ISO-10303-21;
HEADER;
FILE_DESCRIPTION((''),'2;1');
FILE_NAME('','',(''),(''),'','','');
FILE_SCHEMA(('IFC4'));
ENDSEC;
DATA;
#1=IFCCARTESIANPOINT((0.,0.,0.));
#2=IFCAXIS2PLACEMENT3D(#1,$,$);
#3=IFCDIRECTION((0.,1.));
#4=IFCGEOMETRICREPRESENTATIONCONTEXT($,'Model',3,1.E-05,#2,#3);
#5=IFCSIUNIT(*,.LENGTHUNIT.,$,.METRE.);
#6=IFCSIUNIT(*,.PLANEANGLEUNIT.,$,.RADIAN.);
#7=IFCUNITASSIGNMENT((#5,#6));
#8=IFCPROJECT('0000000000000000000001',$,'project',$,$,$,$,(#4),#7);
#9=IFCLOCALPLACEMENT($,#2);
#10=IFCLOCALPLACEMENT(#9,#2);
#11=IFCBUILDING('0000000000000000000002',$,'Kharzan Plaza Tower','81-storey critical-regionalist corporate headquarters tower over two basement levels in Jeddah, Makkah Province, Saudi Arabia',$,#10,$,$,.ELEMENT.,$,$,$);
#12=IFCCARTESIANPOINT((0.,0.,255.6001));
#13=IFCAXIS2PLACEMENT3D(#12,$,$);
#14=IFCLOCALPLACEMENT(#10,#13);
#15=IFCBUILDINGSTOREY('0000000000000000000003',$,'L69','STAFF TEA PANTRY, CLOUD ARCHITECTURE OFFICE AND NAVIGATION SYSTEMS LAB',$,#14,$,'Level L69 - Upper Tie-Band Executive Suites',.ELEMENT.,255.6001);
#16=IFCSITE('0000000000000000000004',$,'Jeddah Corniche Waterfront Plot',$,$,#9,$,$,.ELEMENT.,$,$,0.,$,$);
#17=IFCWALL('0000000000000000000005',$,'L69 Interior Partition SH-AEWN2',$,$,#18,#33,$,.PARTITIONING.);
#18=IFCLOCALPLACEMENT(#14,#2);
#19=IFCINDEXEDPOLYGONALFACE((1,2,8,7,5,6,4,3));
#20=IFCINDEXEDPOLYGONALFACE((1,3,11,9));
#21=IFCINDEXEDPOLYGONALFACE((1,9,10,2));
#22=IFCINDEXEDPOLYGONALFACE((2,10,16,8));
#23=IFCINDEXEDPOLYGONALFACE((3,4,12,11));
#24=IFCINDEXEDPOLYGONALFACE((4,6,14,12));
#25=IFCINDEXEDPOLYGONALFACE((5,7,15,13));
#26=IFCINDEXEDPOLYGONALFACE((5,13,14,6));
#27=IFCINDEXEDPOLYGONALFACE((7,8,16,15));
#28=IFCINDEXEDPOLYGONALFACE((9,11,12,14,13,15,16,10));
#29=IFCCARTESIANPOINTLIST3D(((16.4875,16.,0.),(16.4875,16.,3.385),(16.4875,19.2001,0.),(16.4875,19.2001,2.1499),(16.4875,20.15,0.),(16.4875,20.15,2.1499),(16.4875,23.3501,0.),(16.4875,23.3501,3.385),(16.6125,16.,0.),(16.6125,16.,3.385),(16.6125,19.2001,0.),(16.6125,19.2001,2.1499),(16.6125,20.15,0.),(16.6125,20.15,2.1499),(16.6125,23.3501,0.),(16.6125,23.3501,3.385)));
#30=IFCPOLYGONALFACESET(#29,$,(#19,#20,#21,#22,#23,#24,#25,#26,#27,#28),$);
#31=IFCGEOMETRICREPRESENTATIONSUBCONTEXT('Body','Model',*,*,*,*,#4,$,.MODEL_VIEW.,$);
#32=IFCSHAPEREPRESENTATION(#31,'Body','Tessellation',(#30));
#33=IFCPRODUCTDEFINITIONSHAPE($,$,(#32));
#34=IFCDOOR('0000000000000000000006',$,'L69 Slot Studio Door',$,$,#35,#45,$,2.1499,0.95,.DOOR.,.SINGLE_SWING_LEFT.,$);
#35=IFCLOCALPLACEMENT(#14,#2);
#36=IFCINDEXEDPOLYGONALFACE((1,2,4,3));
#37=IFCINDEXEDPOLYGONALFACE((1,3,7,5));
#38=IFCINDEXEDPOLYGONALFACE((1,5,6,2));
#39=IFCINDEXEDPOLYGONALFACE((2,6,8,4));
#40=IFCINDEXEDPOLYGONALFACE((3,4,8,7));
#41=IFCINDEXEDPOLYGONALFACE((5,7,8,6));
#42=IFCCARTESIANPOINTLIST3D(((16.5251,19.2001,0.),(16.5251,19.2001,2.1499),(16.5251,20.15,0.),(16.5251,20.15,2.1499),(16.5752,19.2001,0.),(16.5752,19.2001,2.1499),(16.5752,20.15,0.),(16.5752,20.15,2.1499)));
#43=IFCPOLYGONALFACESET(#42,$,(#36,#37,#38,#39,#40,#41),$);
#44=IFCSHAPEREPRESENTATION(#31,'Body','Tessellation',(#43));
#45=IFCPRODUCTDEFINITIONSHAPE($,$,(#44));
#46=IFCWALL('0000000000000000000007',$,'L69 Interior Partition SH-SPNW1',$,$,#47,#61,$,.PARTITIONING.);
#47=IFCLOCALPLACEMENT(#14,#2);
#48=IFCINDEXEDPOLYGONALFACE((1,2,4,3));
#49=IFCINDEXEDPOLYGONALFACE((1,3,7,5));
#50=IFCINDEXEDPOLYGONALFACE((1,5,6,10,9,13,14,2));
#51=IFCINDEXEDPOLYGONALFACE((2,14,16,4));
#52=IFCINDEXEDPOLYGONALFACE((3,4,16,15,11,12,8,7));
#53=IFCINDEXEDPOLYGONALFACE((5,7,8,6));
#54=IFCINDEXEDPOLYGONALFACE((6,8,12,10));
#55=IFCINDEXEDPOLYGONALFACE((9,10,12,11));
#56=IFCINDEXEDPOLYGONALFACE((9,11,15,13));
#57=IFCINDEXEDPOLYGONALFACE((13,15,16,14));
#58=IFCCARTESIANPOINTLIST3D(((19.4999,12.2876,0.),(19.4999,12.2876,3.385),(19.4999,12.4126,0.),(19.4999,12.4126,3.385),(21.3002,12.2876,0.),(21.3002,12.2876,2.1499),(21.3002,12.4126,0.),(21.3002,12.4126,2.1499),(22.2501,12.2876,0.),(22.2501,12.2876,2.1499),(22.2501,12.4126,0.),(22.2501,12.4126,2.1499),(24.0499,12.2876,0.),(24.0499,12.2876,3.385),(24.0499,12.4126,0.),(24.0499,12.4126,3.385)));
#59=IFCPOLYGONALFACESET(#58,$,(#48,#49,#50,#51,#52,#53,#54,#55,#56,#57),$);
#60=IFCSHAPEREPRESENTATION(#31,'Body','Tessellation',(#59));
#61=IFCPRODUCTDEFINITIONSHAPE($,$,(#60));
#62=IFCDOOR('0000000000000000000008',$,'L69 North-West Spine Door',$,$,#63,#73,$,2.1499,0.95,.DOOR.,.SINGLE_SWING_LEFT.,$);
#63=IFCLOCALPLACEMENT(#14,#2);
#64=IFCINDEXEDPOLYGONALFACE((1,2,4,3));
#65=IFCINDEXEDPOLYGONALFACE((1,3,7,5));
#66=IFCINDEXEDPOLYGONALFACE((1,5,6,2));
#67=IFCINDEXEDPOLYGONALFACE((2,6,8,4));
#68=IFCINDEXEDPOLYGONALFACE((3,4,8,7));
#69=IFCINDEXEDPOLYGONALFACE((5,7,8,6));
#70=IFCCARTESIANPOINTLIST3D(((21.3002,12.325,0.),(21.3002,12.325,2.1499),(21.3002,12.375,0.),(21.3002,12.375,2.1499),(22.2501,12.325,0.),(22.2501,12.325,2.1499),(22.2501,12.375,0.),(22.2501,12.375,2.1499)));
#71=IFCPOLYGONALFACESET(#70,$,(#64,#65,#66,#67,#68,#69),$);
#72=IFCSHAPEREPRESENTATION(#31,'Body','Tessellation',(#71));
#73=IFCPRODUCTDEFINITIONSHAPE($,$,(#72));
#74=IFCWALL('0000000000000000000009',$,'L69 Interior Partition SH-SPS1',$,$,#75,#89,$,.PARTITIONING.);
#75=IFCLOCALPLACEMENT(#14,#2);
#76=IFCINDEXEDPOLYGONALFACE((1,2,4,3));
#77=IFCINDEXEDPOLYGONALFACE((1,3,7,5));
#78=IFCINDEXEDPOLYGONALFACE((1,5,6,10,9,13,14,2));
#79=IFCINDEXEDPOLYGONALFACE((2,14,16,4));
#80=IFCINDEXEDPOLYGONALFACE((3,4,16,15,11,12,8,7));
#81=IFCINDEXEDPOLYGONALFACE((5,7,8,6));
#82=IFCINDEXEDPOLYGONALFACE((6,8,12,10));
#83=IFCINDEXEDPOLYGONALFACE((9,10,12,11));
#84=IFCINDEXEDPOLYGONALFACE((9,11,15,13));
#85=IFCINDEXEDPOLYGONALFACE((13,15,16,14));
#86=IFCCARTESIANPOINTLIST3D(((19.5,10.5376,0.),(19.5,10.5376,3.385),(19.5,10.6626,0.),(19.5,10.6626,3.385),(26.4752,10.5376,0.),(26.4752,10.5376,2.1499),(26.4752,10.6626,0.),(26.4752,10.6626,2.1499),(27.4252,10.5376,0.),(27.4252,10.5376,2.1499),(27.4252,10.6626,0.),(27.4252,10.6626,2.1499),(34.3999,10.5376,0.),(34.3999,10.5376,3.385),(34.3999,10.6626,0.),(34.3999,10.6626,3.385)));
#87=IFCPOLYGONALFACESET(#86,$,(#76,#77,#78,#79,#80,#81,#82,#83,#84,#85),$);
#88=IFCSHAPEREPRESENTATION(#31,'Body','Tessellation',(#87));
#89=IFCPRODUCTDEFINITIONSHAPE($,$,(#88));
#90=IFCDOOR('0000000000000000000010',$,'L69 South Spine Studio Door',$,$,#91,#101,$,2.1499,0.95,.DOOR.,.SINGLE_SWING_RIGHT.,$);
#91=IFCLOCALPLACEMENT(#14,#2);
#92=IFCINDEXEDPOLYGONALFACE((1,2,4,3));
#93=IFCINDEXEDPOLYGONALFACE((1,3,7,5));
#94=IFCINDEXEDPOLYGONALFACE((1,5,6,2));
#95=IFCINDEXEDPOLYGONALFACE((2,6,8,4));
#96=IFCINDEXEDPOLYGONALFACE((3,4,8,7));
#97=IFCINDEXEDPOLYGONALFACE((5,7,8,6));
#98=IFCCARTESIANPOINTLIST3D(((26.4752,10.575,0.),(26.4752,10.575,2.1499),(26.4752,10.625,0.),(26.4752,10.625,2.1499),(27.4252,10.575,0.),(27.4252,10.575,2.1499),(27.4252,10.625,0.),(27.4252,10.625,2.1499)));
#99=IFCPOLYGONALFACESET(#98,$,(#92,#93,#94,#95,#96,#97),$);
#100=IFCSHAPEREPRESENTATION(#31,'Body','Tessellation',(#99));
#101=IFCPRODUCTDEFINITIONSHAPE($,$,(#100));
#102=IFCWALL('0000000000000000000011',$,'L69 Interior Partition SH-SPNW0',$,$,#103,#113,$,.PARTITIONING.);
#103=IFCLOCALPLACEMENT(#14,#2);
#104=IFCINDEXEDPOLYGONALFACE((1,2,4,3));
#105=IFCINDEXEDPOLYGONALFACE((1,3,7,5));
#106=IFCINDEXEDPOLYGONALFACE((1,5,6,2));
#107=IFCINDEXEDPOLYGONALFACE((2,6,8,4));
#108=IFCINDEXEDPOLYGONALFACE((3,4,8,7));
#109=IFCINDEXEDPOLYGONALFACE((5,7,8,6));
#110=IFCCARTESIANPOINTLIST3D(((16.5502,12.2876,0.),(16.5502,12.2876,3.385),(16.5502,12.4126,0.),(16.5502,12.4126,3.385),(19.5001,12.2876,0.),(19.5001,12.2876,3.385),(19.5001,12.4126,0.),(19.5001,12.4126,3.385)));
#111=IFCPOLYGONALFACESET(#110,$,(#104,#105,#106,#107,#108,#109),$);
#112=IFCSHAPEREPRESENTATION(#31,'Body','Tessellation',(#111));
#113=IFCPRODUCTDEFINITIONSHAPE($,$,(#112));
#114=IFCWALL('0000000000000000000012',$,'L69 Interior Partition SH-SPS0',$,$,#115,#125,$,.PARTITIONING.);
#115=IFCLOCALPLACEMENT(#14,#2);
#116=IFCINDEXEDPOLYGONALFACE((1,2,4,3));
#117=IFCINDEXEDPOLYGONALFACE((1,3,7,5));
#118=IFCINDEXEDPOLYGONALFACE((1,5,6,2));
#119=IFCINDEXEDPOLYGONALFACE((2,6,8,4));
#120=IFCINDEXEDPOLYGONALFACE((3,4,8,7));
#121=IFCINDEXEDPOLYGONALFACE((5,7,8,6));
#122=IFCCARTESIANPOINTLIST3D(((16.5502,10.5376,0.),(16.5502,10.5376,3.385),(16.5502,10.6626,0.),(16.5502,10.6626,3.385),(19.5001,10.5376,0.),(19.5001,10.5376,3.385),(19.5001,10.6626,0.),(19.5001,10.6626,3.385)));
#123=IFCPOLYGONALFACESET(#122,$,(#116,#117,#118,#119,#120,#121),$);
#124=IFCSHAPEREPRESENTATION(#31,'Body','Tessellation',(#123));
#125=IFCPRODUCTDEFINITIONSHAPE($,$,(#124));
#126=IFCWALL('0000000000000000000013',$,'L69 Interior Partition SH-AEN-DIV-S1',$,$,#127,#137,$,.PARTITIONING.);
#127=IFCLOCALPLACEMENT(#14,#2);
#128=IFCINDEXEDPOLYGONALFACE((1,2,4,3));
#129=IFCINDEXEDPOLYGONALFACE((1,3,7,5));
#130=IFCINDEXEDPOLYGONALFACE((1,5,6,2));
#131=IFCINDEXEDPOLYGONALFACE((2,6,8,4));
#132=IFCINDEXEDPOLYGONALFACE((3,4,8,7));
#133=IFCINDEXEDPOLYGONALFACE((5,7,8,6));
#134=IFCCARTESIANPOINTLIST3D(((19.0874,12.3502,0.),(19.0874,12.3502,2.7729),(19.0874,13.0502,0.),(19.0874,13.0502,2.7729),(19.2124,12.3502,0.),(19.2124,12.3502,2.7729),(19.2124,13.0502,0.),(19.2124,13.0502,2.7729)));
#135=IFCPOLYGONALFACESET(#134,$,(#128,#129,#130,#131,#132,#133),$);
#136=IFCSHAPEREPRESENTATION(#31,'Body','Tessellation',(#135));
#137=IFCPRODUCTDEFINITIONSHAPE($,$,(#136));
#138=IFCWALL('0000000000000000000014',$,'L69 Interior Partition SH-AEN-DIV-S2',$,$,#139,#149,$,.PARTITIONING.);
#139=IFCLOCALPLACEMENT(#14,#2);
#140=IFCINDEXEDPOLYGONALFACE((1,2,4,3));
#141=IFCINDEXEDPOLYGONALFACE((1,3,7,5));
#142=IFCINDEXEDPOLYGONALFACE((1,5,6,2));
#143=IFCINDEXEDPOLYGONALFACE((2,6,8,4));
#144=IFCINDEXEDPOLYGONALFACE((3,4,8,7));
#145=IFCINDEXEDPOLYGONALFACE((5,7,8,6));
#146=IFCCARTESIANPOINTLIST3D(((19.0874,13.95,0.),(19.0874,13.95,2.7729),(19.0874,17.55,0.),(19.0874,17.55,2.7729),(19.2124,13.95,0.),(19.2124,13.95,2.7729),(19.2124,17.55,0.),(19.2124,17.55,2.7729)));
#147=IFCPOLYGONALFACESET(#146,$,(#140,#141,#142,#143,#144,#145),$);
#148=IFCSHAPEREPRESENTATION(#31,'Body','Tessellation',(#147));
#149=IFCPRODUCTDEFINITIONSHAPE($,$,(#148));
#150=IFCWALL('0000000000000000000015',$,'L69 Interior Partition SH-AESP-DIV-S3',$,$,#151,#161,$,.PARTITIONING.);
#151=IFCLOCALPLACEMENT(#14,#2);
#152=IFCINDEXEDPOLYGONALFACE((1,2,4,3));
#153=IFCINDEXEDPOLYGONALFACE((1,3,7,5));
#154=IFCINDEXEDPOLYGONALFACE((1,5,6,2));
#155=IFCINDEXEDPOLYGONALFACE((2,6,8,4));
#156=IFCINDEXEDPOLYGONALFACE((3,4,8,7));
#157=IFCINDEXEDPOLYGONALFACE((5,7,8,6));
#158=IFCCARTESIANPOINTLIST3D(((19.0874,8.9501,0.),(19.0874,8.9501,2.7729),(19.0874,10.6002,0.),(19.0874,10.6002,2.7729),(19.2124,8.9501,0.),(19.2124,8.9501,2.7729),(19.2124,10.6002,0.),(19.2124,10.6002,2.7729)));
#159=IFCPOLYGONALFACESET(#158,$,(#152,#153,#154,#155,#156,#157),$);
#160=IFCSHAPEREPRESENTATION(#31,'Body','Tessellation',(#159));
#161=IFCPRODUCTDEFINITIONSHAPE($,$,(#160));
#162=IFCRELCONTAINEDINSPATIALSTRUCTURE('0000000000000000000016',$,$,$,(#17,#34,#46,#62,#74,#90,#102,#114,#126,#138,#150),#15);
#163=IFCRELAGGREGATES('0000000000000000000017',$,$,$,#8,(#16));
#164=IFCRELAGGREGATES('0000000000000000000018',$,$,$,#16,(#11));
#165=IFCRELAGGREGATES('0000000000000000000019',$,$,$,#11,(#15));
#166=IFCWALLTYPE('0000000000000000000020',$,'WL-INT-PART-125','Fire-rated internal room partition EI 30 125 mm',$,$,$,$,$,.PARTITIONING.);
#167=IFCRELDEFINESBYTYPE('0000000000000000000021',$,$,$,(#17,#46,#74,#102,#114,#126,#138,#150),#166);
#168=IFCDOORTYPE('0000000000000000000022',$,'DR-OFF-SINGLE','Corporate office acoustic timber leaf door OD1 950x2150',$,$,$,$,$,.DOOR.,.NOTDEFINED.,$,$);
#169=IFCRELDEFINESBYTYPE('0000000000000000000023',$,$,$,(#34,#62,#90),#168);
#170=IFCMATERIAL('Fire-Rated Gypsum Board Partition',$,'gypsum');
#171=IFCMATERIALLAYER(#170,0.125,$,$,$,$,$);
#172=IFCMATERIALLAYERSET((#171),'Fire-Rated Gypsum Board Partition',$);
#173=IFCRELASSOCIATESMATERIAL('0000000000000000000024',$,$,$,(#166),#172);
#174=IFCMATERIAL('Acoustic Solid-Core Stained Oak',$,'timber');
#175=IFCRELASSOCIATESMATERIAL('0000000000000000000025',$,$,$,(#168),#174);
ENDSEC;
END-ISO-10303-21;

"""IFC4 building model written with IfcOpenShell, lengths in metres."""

from ifc_helpers import new_model, si_unit, direction, frame, frame_2d, origin, place, context, subcontext, project, spatial, rectangle, extrude, source, transform, mapped, material, layer, layer_set, type_object, element, fill, save


model = new_model("IFC4")

# Units and contexts
model_context = context("Model", 3, precision=1e-05, world=origin(), true_north=direction((0.0, 1.0)))
body_context = subcontext(model_context, "Body", "Model", "MODEL_VIEW")
ifc_project = project(units=[si_unit("LENGTHUNIT", "METRE"), si_unit("PLANEANGLEUNIT", "RADIAN")], contexts=[model_context])

# Site, building, storey
site_placement = place(None, origin())
site = spatial("IfcSite", under=ifc_project, at=site_placement, Name="Jeddah Corniche Waterfront Plot", CompositionType="ELEMENT", RefElevation=0.0)
building_placement = place(site_placement, origin())
building = spatial("IfcBuilding", under=site, at=building_placement, Name="Kharzan Plaza Tower", Description="81-storey critical-regionalist corporate headquarters tower over two basement levels in Jeddah, Makkah Province, Saudi Arabia", CompositionType="ELEMENT")
storey_placement = place(building_placement, frame((0.0, 0.0, 255.6001)))
storey = spatial("IfcBuildingStorey", under=building, at=storey_placement, Name="L69", Description="STAFF TEA PANTRY, CLOUD ARCHITECTURE OFFICE AND NAVIGATION SYSTEMS LAB", LongName="Level L69 - Upper Tie-Band Executive Suites", CompositionType="ELEMENT", Elevation=255.6001)

# Walls, openings, doors
ifc_material_1 = material(Name="Fire-Rated Gypsum Board Partition", Category="gypsum")
ifc_layer = layer(ifc_material_1, 0.125)
ifc_layer_set = layer_set([ifc_layer], Name="Fire-Rated Gypsum Board Partition")
wall_type = type_object("IfcWallType", Name="WL-INT-PART-125", Description="Fire-rated internal room partition EI 30 125 mm", PredefinedType="PARTITIONING", material=ifc_layer_set)
ifc_material_2 = material(Name="Acoustic Solid-Core Stained Oak", Category="timber")
door_type = type_object("IfcDoorType", Name="DR-OFF-SINGLE", Description="Corporate office acoustic timber leaf door OD1 950x2150", OperationType="NOTDEFINED", PredefinedType="DOOR", material=ifc_material_2)
shared_shape_1 = source(origin(), body_context, "Body", "SweptSolid", [
    extrude(rectangle(XDim=0.95, YDim=2.1499, at=frame_2d((0.4751, 1.075))), frame((0.0, 0.0249, 0.0), z_axis=(0.0, -1.0, 0.0), x_axis=(1.0, 0.0, 0.0)), (0.0, 0.0, 1.0), 0.05),
])
wall_1_placement = place(storey_placement, frame((16.55, 16.0, 0.0), z_axis=(0.0, 0.0, 1.0), x_axis=(0.0, 1.0, 0.0)))
wall_1 = element("IfcWall", 1, at=wall_1_placement, inside=storey, type_object=wall_type, Name="L69 Interior Partition SH-AEWN2", PredefinedType="PARTITIONING", context=body_context, shape_type="SweptSolid", body=[
    extrude(rectangle(XDim=7.3501, YDim=0.125, at=frame_2d((3.675, 0.0))), origin(), (0.0, 0.0, 1.0), 3.385),
])
opening_1_placement = place(wall_1_placement, frame((3.2, 0.0, 0.0)))
opening_1 = element("IfcOpeningElement", 2, at=opening_1_placement, cuts=wall_1, PredefinedType="OPENING", context=body_context, shape_type="SweptSolid", body=[
    extrude(rectangle(XDim=0.95, YDim=2.1499, at=frame_2d((0.4751, 1.075))), frame((0.0, 0.0725, 0.0), z_axis=(0.0, -1.0, 0.0), x_axis=(1.0, 0.0, 0.0)), (0.0, 0.0, 1.0), 0.145),
])
door_1_placement = place(opening_1_placement, origin())
door_1 = element("IfcDoor", 3, at=door_1_placement, inside=storey, type_object=door_type, Name="L69 Slot Studio Door", OperationType="SINGLE_SWING_LEFT", OverallHeight=2.1499, OverallWidth=0.95, PredefinedType="DOOR", context=body_context, shape_type="MappedRepresentation", body=[
    mapped(shared_shape_1, transform((0.0, 0.0, 0.0), x_axis=(1.0, 0.0, 0.0), y_axis=(0.0, 1.0, 0.0), z_axis=(0.0, 0.0, 1.0))),
])
fill(opening_1, door_1)
wall_2_placement = place(storey_placement, frame((19.5, 12.3501, 0.0), z_axis=(0.0, 0.0, 1.0), x_axis=(1.0, 0.0, 0.0)))
wall_2 = element("IfcWall", 4, at=wall_2_placement, inside=storey, type_object=wall_type, Name="L69 Interior Partition SH-SPNW1", PredefinedType="PARTITIONING", context=body_context, shape_type="SweptSolid", body=[
    extrude(rectangle(XDim=4.55, YDim=0.125, at=frame_2d((2.2749, 0.0))), origin(), (0.0, 0.0, 1.0), 3.385),
])
opening_2_placement = place(wall_2_placement, frame((1.8, 0.0, 0.0)))
opening_2 = element("IfcOpeningElement", 5, at=opening_2_placement, cuts=wall_2, PredefinedType="OPENING", context=body_context, shape_type="SweptSolid", body=[
    extrude(rectangle(XDim=0.95, YDim=2.1499, at=frame_2d((0.4751, 1.075))), frame((0.0, 0.0725, 0.0), z_axis=(0.0, -1.0, 0.0), x_axis=(1.0, 0.0, 0.0)), (0.0, 0.0, 1.0), 0.145),
])
door_2_placement = place(opening_2_placement, origin())
door_2 = element("IfcDoor", 6, at=door_2_placement, inside=storey, type_object=door_type, Name="L69 North-West Spine Door", OperationType="SINGLE_SWING_LEFT", OverallHeight=2.1499, OverallWidth=0.95, PredefinedType="DOOR", context=body_context, shape_type="MappedRepresentation", body=[
    mapped(shared_shape_1, transform((0.0, 0.0, 0.0), x_axis=(1.0, 0.0, 0.0), y_axis=(0.0, 1.0, 0.0), z_axis=(0.0, 0.0, 1.0))),
])
fill(opening_2, door_2)
wall_3_placement = place(storey_placement, frame((19.5, 10.6001, 0.0), z_axis=(0.0, 0.0, 1.0), x_axis=(1.0, 0.0, 0.0)))
wall_3 = element("IfcWall", 7, at=wall_3_placement, inside=storey, type_object=wall_type, Name="L69 Interior Partition SH-SPS1", PredefinedType="PARTITIONING", context=body_context, shape_type="SweptSolid", body=[
    extrude(rectangle(XDim=14.8999, YDim=0.125, at=frame_2d((7.45, 0.0))), origin(), (0.0, 0.0, 1.0), 3.385),
])
opening_3_placement = place(wall_3_placement, frame((6.9751, 0.0, 0.0)))
opening_3 = element("IfcOpeningElement", 8, at=opening_3_placement, cuts=wall_3, PredefinedType="OPENING", context=body_context, shape_type="SweptSolid", body=[
    extrude(rectangle(XDim=0.95, YDim=2.1499, at=frame_2d((0.4751, 1.075))), frame((0.0, 0.0725, 0.0), z_axis=(0.0, -1.0, 0.0), x_axis=(1.0, 0.0, 0.0)), (0.0, 0.0, 1.0), 0.145),
])
door_3_placement = place(opening_3_placement, origin())
door_3 = element("IfcDoor", 9, at=door_3_placement, inside=storey, type_object=door_type, Name="L69 South Spine Studio Door", OperationType="SINGLE_SWING_RIGHT", OverallHeight=2.1499, OverallWidth=0.95, PredefinedType="DOOR", context=body_context, shape_type="MappedRepresentation", body=[
    mapped(shared_shape_1, transform((0.0, 0.0, 0.0), x_axis=(1.0, 0.0, 0.0), y_axis=(0.0, 1.0, 0.0), z_axis=(0.0, 0.0, 1.0))),
])
fill(opening_3, door_3)

# Walls
shared_shape_2 = source(origin(), body_context, "Body", "SweptSolid", [
    extrude(rectangle(XDim=2.95, YDim=0.125, at=frame_2d((1.4751, 0.0))), origin(), (0.0, 0.0, 1.0), 3.385),
])
for number, where, z_axis, x_axis, name in (
    (10, (16.55, 12.3501, 0.0), (0.0, 0.0, 1.0), (1.0, 0.0, 0.0), "L69 Interior Partition SH-SPNW0"),
    (11, (16.55, 10.6001, 0.0), (0.0, 0.0, 1.0), (1.0, 0.0, 0.0), "L69 Interior Partition SH-SPS0"),
):
    element("IfcWall", number, at=place(storey_placement, frame(where, z_axis=z_axis, x_axis=x_axis)), inside=storey, type_object=wall_type, Name=name, PredefinedType="PARTITIONING", context=body_context, shape_type="MappedRepresentation", body=[
        mapped(shared_shape_2, transform((0.0, 0.0, 0.0), x_axis=(1.0, 0.0, 0.0), y_axis=(0.0, 1.0, 0.0), z_axis=(0.0, 0.0, 1.0))),
    ])
shared_shape_3 = source(origin(), body_context, "Body", "SweptSolid", [
    extrude(rectangle(XDim=0.7, YDim=0.125, at=frame_2d((0.3501, 0.0))), origin(), (0.0, 0.0, 1.0), 2.7729),
])
wall_4_placement = place(storey_placement, frame((19.1499, 12.3501, 0.0), z_axis=(0.0, 0.0, 1.0), x_axis=(0.0, 1.0, 0.0)))
element("IfcWall", 12, at=wall_4_placement, inside=storey, type_object=wall_type, Name="L69 Interior Partition SH-AEN-DIV-S1", PredefinedType="PARTITIONING", context=body_context, shape_type="MappedRepresentation", body=[
    mapped(shared_shape_3, transform((0.0, 0.0, 0.0), x_axis=(1.0, 0.0, 0.0), y_axis=(0.0, 1.0, 0.0), z_axis=(0.0, 0.0, 1.0))),
])
shared_shape_4 = source(origin(), body_context, "Body", "SweptSolid", [
    extrude(rectangle(XDim=3.6001, YDim=0.125, at=frame_2d((1.8, 0.0))), origin(), (0.0, 0.0, 1.0), 2.7729),
])
wall_5_placement = place(storey_placement, frame((19.1499, 13.95, 0.0), z_axis=(0.0, 0.0, 1.0), x_axis=(0.0, 1.0, 0.0)))
element("IfcWall", 13, at=wall_5_placement, inside=storey, type_object=wall_type, Name="L69 Interior Partition SH-AEN-DIV-S2", PredefinedType="PARTITIONING", context=body_context, shape_type="MappedRepresentation", body=[
    mapped(shared_shape_4, transform((0.0, 0.0, 0.0), x_axis=(1.0, 0.0, 0.0), y_axis=(0.0, 1.0, 0.0), z_axis=(0.0, 0.0, 1.0))),
])
shared_shape_5 = source(origin(), body_context, "Body", "SweptSolid", [
    extrude(rectangle(XDim=1.6501, YDim=0.125, at=frame_2d((0.8252, 0.0))), origin(), (0.0, 0.0, 1.0), 2.7729),
])
wall_6_placement = place(storey_placement, frame((19.1499, 8.95, 0.0), z_axis=(0.0, 0.0, 1.0), x_axis=(0.0, 1.0, 0.0)))
element("IfcWall", 14, at=wall_6_placement, inside=storey, type_object=wall_type, Name="L69 Interior Partition SH-AESP-DIV-S3", PredefinedType="PARTITIONING", context=body_context, shape_type="MappedRepresentation", body=[
    mapped(shared_shape_5, transform((0.0, 0.0, 0.0), x_axis=(1.0, 0.0, 0.0), y_axis=(0.0, 1.0, 0.0), z_axis=(0.0, 0.0, 1.0))),
])

save(model, "model.ifc")
